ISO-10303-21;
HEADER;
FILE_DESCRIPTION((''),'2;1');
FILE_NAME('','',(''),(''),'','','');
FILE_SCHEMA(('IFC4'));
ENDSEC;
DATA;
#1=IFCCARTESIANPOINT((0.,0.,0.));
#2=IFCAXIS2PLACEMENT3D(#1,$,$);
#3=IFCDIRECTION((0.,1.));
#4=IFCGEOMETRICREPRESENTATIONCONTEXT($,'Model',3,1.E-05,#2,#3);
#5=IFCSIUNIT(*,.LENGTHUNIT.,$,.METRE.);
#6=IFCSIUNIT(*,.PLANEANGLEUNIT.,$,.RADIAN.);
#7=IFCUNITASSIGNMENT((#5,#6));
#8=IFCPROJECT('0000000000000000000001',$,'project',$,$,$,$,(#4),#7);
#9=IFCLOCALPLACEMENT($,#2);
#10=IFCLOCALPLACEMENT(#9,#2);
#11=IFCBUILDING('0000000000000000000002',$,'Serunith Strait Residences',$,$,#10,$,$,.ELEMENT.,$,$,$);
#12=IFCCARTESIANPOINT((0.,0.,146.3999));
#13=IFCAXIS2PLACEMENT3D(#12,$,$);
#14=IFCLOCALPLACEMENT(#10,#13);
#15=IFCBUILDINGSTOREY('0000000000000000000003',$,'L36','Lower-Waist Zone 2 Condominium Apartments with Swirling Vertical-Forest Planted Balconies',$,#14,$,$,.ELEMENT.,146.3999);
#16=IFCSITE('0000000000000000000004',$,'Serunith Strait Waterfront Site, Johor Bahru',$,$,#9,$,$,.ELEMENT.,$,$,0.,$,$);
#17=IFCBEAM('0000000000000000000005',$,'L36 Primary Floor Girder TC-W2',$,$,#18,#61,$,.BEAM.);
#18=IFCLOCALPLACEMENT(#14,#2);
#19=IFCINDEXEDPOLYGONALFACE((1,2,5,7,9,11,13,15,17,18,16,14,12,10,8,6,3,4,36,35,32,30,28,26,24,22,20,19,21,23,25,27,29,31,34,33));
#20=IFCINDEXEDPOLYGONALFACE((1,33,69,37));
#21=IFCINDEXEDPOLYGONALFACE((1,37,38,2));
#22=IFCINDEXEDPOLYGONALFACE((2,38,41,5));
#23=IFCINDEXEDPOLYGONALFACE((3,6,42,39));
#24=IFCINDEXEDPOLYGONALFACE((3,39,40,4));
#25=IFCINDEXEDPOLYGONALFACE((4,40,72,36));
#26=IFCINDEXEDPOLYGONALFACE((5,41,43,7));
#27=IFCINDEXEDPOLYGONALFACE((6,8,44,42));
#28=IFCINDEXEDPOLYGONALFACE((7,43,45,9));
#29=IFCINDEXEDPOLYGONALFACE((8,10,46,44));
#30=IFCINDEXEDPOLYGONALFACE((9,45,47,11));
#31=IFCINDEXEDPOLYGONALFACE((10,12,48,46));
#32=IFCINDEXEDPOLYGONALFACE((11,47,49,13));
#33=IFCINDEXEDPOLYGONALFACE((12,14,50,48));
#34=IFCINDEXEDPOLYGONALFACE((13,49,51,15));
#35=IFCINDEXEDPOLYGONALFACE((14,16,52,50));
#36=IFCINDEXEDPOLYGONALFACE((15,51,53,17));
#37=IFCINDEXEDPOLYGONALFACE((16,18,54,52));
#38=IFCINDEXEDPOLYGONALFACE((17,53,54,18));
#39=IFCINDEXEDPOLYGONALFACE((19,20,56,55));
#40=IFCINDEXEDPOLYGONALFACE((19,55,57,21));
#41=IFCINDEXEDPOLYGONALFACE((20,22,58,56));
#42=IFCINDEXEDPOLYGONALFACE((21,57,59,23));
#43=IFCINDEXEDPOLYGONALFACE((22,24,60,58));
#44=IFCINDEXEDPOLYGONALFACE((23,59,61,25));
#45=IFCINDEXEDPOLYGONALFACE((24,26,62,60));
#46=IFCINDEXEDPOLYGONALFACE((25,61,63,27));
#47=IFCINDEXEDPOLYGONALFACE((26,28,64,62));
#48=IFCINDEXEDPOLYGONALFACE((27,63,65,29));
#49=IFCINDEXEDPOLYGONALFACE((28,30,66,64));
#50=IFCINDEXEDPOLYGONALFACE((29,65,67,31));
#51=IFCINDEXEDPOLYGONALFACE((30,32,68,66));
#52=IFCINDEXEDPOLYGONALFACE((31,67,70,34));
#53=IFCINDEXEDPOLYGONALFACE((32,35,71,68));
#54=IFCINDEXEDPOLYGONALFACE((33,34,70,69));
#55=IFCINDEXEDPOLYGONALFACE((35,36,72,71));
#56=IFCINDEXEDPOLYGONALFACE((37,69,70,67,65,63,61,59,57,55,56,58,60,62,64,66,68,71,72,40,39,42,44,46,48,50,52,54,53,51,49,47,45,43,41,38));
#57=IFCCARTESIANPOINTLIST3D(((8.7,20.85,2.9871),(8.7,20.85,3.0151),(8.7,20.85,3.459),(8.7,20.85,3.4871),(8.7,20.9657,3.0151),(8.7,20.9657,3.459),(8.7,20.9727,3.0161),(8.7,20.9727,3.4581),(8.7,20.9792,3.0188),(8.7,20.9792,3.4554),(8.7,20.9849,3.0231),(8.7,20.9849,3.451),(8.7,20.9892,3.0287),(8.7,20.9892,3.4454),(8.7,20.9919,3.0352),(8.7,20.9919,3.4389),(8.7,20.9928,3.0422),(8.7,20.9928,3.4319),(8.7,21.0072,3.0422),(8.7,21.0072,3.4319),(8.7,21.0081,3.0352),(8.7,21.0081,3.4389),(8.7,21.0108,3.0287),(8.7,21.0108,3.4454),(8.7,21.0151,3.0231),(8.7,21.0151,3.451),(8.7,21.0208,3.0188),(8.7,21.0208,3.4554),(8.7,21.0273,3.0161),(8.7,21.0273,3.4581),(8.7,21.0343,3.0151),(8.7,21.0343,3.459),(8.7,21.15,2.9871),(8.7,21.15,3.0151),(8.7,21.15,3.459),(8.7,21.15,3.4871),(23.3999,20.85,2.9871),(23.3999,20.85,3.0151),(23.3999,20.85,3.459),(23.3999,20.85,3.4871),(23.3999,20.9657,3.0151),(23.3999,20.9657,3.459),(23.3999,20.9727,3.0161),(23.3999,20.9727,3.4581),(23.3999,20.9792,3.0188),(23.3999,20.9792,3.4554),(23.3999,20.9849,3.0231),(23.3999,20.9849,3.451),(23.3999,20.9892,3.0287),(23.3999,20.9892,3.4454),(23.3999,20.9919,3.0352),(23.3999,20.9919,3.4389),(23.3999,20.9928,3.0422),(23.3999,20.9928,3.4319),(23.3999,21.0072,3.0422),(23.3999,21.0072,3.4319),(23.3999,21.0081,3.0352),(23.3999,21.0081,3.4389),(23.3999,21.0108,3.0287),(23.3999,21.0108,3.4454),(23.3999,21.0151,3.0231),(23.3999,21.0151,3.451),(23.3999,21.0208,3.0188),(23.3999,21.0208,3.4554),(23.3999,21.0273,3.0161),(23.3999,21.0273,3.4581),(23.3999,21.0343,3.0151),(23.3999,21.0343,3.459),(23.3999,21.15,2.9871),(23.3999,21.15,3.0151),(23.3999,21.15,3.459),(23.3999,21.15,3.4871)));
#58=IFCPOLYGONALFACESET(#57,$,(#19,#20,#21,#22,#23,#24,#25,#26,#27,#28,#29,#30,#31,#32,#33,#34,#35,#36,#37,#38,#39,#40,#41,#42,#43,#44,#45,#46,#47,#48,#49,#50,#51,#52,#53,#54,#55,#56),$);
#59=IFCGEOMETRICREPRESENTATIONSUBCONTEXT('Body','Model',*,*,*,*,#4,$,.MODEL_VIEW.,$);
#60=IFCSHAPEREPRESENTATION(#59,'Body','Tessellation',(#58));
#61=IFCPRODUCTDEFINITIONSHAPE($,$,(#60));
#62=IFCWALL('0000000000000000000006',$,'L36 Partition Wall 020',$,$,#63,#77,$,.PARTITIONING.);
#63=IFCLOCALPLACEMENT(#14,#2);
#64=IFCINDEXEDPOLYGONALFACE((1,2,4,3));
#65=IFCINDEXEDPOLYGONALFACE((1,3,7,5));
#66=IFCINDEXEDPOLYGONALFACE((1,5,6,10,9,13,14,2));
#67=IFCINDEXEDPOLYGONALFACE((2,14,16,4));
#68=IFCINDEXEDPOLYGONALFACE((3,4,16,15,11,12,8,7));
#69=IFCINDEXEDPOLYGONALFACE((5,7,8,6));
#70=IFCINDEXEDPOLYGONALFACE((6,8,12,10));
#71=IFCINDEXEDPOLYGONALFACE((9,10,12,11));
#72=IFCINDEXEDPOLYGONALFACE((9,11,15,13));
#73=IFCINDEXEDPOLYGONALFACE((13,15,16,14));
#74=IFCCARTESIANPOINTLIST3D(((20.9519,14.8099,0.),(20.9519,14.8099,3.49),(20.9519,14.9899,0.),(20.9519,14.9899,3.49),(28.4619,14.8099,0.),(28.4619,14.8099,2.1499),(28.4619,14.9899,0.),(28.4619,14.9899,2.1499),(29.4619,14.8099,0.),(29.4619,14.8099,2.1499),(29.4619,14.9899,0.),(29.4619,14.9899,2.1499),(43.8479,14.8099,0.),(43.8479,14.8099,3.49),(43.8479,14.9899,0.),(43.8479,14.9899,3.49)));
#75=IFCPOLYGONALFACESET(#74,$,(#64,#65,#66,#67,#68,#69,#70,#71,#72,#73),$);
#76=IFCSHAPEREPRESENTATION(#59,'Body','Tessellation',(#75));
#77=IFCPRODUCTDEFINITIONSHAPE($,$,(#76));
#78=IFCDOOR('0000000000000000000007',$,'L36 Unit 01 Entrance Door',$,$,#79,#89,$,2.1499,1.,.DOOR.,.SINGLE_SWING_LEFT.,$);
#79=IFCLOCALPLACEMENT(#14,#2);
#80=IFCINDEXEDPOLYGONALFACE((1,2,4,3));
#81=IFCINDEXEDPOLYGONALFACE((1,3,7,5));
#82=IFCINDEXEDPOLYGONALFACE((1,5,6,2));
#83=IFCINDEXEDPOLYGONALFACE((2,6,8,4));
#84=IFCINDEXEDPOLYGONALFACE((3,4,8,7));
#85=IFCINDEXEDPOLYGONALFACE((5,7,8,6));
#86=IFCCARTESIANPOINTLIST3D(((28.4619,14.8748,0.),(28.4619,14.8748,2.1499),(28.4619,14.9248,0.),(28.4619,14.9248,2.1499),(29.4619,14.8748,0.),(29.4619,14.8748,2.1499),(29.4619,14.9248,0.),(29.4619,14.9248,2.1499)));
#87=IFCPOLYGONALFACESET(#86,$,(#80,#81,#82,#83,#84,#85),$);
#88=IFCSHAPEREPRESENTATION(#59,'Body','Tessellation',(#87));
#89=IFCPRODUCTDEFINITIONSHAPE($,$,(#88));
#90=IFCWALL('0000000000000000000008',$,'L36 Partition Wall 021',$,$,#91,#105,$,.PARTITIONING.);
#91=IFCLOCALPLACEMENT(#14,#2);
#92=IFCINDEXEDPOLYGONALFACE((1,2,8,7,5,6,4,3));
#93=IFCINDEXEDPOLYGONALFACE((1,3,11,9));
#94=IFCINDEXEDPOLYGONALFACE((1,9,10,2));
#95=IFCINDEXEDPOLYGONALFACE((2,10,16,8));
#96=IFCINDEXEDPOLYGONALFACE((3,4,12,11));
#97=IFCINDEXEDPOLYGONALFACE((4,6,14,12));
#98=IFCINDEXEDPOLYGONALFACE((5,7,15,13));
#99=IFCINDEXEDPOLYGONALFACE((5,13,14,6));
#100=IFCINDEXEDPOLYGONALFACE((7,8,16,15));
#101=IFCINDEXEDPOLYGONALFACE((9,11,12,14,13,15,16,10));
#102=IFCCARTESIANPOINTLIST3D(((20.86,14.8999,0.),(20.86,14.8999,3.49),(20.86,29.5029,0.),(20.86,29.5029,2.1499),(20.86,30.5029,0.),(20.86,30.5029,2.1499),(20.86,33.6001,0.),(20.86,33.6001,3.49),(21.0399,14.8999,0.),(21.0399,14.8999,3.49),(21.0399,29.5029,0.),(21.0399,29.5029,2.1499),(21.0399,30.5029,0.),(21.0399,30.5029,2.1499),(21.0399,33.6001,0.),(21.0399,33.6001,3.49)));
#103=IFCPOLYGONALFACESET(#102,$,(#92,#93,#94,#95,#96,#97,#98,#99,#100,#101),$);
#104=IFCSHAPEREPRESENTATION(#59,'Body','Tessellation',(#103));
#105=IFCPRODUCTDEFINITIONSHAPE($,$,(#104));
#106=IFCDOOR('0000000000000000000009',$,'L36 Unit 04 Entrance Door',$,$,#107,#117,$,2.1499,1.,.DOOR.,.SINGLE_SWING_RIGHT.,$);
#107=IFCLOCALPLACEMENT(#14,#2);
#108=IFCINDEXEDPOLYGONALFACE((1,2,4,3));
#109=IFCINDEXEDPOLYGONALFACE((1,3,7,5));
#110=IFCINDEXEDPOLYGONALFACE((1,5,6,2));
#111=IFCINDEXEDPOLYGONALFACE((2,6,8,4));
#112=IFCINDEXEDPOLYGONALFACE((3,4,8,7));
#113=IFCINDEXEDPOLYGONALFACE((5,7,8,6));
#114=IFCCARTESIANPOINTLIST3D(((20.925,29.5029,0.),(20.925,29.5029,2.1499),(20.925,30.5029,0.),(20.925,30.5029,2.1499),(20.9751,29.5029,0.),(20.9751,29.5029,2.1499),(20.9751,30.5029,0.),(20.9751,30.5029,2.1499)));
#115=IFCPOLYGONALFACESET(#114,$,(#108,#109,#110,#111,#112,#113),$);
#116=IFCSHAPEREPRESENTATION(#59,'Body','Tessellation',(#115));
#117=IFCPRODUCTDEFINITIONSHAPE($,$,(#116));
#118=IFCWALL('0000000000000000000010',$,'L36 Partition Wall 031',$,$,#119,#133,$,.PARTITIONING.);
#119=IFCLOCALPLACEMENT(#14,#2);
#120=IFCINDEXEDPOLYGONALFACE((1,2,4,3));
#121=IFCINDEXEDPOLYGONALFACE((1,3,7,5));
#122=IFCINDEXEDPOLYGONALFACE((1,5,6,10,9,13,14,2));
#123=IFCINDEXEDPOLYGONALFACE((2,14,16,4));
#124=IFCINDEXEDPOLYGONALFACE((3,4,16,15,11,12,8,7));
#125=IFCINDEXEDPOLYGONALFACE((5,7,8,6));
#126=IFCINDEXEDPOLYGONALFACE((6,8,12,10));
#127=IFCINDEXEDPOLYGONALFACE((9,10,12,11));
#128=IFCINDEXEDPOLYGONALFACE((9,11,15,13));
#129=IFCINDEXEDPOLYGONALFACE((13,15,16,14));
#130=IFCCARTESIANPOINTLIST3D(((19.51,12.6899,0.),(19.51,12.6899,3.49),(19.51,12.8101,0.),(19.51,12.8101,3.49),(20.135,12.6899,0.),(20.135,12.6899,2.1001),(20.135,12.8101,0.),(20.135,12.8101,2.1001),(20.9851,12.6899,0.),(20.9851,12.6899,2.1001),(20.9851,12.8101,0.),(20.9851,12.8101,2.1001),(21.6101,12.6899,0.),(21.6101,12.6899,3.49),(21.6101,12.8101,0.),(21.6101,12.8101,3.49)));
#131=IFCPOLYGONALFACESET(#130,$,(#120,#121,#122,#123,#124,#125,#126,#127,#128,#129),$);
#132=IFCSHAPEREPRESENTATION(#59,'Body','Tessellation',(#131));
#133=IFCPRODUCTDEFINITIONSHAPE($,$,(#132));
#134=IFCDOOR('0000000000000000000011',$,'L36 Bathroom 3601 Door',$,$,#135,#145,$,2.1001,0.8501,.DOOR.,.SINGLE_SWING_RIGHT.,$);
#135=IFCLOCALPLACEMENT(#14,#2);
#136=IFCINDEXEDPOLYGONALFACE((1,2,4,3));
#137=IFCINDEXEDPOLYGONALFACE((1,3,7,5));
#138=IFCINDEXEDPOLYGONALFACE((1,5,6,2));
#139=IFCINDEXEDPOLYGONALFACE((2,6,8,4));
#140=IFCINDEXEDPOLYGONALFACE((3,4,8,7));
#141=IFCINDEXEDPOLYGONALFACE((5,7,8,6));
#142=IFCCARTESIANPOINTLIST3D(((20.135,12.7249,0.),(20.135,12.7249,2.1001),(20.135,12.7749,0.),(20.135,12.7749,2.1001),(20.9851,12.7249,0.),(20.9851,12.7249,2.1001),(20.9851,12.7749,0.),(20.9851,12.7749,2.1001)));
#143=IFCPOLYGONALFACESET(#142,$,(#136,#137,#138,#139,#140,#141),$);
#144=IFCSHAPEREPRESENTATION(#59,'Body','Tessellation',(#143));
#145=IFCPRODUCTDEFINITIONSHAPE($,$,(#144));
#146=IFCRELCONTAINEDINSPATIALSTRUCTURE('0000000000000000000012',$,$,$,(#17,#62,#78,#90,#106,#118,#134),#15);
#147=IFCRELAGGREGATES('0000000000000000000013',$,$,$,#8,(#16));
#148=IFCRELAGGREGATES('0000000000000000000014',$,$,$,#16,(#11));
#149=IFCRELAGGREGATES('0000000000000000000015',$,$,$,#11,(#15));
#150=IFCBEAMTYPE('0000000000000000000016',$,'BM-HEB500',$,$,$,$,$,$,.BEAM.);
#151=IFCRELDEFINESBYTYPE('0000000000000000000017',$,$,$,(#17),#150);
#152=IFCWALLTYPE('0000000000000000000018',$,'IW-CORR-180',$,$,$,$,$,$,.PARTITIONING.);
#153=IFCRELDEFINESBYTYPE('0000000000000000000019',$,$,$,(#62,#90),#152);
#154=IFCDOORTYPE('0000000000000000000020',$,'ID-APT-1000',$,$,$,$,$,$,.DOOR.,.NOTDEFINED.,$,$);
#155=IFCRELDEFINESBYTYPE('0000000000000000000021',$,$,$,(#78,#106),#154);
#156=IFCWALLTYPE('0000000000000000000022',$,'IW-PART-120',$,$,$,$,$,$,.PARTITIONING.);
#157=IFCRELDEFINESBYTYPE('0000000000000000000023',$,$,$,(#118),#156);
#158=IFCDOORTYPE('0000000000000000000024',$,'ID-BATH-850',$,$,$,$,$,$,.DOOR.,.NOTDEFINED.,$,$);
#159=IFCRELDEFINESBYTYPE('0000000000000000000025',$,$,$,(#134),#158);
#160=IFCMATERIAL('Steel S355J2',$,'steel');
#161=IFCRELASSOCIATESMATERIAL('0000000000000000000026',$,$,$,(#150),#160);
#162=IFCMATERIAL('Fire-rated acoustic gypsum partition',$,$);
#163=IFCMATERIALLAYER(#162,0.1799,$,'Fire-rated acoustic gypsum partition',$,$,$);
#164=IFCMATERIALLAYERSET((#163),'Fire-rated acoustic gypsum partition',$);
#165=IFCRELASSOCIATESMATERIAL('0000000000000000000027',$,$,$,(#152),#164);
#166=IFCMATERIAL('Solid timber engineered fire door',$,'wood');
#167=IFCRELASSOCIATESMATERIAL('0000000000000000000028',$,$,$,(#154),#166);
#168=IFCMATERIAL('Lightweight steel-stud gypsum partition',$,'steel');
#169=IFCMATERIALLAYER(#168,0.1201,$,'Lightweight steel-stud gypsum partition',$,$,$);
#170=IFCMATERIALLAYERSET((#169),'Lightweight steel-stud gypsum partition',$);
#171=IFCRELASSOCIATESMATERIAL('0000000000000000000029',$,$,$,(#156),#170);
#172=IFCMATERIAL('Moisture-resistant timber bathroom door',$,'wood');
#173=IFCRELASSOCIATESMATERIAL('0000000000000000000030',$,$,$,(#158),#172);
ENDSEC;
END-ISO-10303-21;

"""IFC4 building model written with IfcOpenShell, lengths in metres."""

from ifc_helpers import new_model, si_unit, direction, frame, frame_2d, origin, origin_2d, place, context, subcontext, project, spatial, rectangle, i_section, extrude, source, transform, mapped, material, layer, layer_set, material_profile, profile_set, type_object, element, fill, save


model = new_model("IFC4")

# Units and contexts
model_context = context("Model", 3, precision=1e-05, world=origin(), true_north=direction((0.0, 1.0)))
body_context = subcontext(model_context, "Body", "Model", "MODEL_VIEW")
ifc_project = project(units=[si_unit("LENGTHUNIT", "METRE"), si_unit("PLANEANGLEUNIT", "RADIAN")], contexts=[model_context])

# Site, building, storey
site_placement = place(None, origin())
site = spatial("IfcSite", under=ifc_project, at=site_placement, Name="Serunith Strait Waterfront Site, Johor Bahru", CompositionType="ELEMENT", RefElevation=0.0)
building_placement = place(site_placement, origin())
building = spatial("IfcBuilding", under=site, at=building_placement, Name="Serunith Strait Residences", CompositionType="ELEMENT")
storey_placement = place(building_placement, frame((0.0, 0.0, 146.3999)))
storey = spatial("IfcBuildingStorey", under=building, at=storey_placement, Name="L36", Description="Lower-Waist Zone 2 Condominium Apartments with Swirling Vertical-Forest Planted Balconies", CompositionType="ELEMENT", Elevation=146.3999)

# Beam
ifc_material_1 = material(Name="Steel S355J2", Category="steel")
ifc_material_profile = material_profile(ifc_material_1, i_section(OverallWidth=0.3, OverallDepth=0.5, WebThickness=0.0144, FlangeThickness=0.0281, FilletRadius=0.0271, at=origin_2d()), Name="HEB 500")
ifc_profile_set = profile_set([ifc_material_profile], Name="Steel S355J2")
beam_type = type_object("IfcBeamType", Name="BM-HEB500", PredefinedType="BEAM", material=ifc_profile_set)
shared_shape_1 = source(origin(), body_context, "Body", "SweptSolid", [
    extrude(i_section(OverallWidth=0.3, OverallDepth=0.5, WebThickness=0.0144, FlangeThickness=0.0281, FilletRadius=0.0271, at=origin_2d()), origin(), (0.0, 0.0, 1.0), 14.7),
])
beam_placement = place(storey_placement, frame((23.3999, 21.0, 3.2371), z_axis=(-1.0, 0.0, 0.0), x_axis=(0.0, -1.0, 0.0)))
element("IfcBeam", 1, at=beam_placement, inside=storey, type_object=beam_type, Name="L36 Primary Floor Girder TC-W2", PredefinedType="BEAM", context=body_context, shape_type="MappedRepresentation", body=[
    mapped(shared_shape_1, transform((0.0, 0.0, 0.0), scale=1.0)),
])

# Walls, openings, doors
ifc_material_2 = material(Name="Fire-rated acoustic gypsum partition")
ifc_layer_1 = layer(ifc_material_2, 0.1799, Name="Fire-rated acoustic gypsum partition")
ifc_layer_set_1 = layer_set([ifc_layer_1], Name="Fire-rated acoustic gypsum partition")
wall_type_1 = type_object("IfcWallType", Name="IW-CORR-180", PredefinedType="PARTITIONING", material=ifc_layer_set_1)
wall_1_placement = place(storey_placement, frame((20.9519, 14.8999, 0.0), z_axis=(0.0, 0.0, 1.0), x_axis=(1.0, 0.0, 0.0)))
wall_1 = element("IfcWall", 2, at=wall_1_placement, inside=storey, type_object=wall_type_1, Name="L36 Partition Wall 020", PredefinedType="PARTITIONING", context=body_context, shape_type="SweptSolid", body=[
    extrude(rectangle(XDim=22.896, YDim=0.1799, at=frame_2d((11.448, 0.0))), origin(), (0.0, 0.0, 1.0), 3.49),
])
opening_1_placement = place(wall_1_placement, frame((7.51, 0.0, 0.0)))
opening_1 = element("IfcOpeningElement", 3, at=opening_1_placement, cuts=wall_1, PredefinedType="OPENING", context=body_context, shape_type="SweptSolid", body=[
    extrude(rectangle(XDim=1.0, YDim=2.1499, at=frame_2d((0.5, 1.075))), frame((0.0, 0.1001, 0.0), z_axis=(0.0, -1.0, 0.0), x_axis=(1.0, 0.0, 0.0)), (0.0, 0.0, 1.0), 0.2),
])
ifc_material_3 = material(Name="Solid timber engineered fire door", Category="wood")
door_type_1 = type_object("IfcDoorType", Name="ID-APT-1000", OperationType="NOTDEFINED", PredefinedType="DOOR", material=ifc_material_3)
shared_shape_2 = source(origin(), body_context, "Body", "SweptSolid", [
    extrude(rectangle(XDim=1.0, YDim=2.1499, at=frame_2d((0.5, 1.075))), frame((0.0, 0.0249, 0.0), z_axis=(0.0, -1.0, 0.0), x_axis=(1.0, 0.0, 0.0)), (0.0, 0.0, 1.0), 0.05),
])
door_1_placement = place(opening_1_placement, origin())
door_1 = element("IfcDoor", 4, at=door_1_placement, inside=storey, type_object=door_type_1, Name="L36 Unit 01 Entrance Door", OperationType="SINGLE_SWING_LEFT", OverallHeight=2.1499, OverallWidth=1.0, PredefinedType="DOOR", context=body_context, shape_type="MappedRepresentation", body=[
    mapped(shared_shape_2, transform((0.0, 0.0, 0.0), scale=1.0)),
])
fill(opening_1, door_1)
wall_2_placement = place(storey_placement, frame((20.95, 14.8999, 0.0), z_axis=(0.0, 0.0, 1.0), x_axis=(0.0, 1.0, 0.0)))
wall_2 = element("IfcWall", 5, at=wall_2_placement, inside=storey, type_object=wall_type_1, Name="L36 Partition Wall 021", PredefinedType="PARTITIONING", context=body_context, shape_type="SweptSolid", body=[
    extrude(rectangle(XDim=18.7002, YDim=0.1799, at=frame_2d((9.3501, 0.0))), origin(), (0.0, 0.0, 1.0), 3.49),
])
opening_2_placement = place(wall_2_placement, frame((14.603, 0.0, 0.0)))
opening_2 = element("IfcOpeningElement", 6, at=opening_2_placement, cuts=wall_2, PredefinedType="OPENING", context=body_context, shape_type="SweptSolid", body=[
    extrude(rectangle(XDim=1.0, YDim=2.1499, at=frame_2d((0.5, 1.075))), frame((0.0, 0.1001, 0.0), z_axis=(0.0, -1.0, 0.0), x_axis=(1.0, 0.0, 0.0)), (0.0, 0.0, 1.0), 0.2),
])
door_2_placement = place(opening_2_placement, origin())
door_2 = element("IfcDoor", 7, at=door_2_placement, inside=storey, type_object=door_type_1, Name="L36 Unit 04 Entrance Door", OperationType="SINGLE_SWING_RIGHT", OverallHeight=2.1499, OverallWidth=1.0, PredefinedType="DOOR", context=body_context, shape_type="MappedRepresentation", body=[
    mapped(shared_shape_2, transform((0.0, 0.0, 0.0), scale=1.0)),
])
fill(opening_2, door_2)
ifc_material_4 = material(Name="Lightweight steel-stud gypsum partition", Category="steel")
ifc_layer_2 = layer(ifc_material_4, 0.1201, Name="Lightweight steel-stud gypsum partition")
ifc_layer_set_2 = layer_set([ifc_layer_2], Name="Lightweight steel-stud gypsum partition")
wall_type_2 = type_object("IfcWallType", Name="IW-PART-120", PredefinedType="PARTITIONING", material=ifc_layer_set_2)
wall_3_placement = place(storey_placement, frame((19.51, 12.75, 0.0), z_axis=(0.0, 0.0, 1.0), x_axis=(1.0, 0.0, 0.0)))
wall_3 = element("IfcWall", 8, at=wall_3_placement, inside=storey, type_object=wall_type_2, Name="L36 Partition Wall 031", PredefinedType="PARTITIONING", context=body_context, shape_type="SweptSolid", body=[
    extrude(rectangle(XDim=2.1001, YDim=0.1201, at=frame_2d((1.05, 0.0))), origin(), (0.0, 0.0, 1.0), 3.49),
])
opening_3_placement = place(wall_3_placement, frame((0.625, 0.0, 0.0)))
opening_3 = element("IfcOpeningElement", 9, at=opening_3_placement, cuts=wall_3, PredefinedType="OPENING", context=body_context, shape_type="SweptSolid", body=[
    extrude(rectangle(XDim=0.8501, YDim=2.1001, at=frame_2d((0.425, 1.05))), frame((0.0, 0.0701, 0.0), z_axis=(0.0, -1.0, 0.0), x_axis=(1.0, 0.0, 0.0)), (0.0, 0.0, 1.0), 0.1401),
])
ifc_material_5 = material(Name="Moisture-resistant timber bathroom door", Category="wood")
door_type_2 = type_object("IfcDoorType", Name="ID-BATH-850", OperationType="NOTDEFINED", PredefinedType="DOOR", material=ifc_material_5)
shared_shape_3 = source(origin(), body_context, "Body", "SweptSolid", [
    extrude(rectangle(XDim=0.8501, YDim=2.1001, at=frame_2d((0.425, 1.05))), frame((0.0, 0.0249, 0.0), z_axis=(0.0, -1.0, 0.0), x_axis=(1.0, 0.0, 0.0)), (0.0, 0.0, 1.0), 0.05),
])
door_3_placement = place(opening_3_placement, origin())
door_3 = element("IfcDoor", 10, at=door_3_placement, inside=storey, type_object=door_type_2, Name="L36 Bathroom 3601 Door", OperationType="SINGLE_SWING_RIGHT", OverallHeight=2.1001, OverallWidth=0.8501, PredefinedType="DOOR", context=body_context, shape_type="MappedRepresentation", body=[
    mapped(shared_shape_3, transform((0.0, 0.0, 0.0), scale=1.0)),
])
fill(opening_3, door_3)

save(model, "model.ifc")
